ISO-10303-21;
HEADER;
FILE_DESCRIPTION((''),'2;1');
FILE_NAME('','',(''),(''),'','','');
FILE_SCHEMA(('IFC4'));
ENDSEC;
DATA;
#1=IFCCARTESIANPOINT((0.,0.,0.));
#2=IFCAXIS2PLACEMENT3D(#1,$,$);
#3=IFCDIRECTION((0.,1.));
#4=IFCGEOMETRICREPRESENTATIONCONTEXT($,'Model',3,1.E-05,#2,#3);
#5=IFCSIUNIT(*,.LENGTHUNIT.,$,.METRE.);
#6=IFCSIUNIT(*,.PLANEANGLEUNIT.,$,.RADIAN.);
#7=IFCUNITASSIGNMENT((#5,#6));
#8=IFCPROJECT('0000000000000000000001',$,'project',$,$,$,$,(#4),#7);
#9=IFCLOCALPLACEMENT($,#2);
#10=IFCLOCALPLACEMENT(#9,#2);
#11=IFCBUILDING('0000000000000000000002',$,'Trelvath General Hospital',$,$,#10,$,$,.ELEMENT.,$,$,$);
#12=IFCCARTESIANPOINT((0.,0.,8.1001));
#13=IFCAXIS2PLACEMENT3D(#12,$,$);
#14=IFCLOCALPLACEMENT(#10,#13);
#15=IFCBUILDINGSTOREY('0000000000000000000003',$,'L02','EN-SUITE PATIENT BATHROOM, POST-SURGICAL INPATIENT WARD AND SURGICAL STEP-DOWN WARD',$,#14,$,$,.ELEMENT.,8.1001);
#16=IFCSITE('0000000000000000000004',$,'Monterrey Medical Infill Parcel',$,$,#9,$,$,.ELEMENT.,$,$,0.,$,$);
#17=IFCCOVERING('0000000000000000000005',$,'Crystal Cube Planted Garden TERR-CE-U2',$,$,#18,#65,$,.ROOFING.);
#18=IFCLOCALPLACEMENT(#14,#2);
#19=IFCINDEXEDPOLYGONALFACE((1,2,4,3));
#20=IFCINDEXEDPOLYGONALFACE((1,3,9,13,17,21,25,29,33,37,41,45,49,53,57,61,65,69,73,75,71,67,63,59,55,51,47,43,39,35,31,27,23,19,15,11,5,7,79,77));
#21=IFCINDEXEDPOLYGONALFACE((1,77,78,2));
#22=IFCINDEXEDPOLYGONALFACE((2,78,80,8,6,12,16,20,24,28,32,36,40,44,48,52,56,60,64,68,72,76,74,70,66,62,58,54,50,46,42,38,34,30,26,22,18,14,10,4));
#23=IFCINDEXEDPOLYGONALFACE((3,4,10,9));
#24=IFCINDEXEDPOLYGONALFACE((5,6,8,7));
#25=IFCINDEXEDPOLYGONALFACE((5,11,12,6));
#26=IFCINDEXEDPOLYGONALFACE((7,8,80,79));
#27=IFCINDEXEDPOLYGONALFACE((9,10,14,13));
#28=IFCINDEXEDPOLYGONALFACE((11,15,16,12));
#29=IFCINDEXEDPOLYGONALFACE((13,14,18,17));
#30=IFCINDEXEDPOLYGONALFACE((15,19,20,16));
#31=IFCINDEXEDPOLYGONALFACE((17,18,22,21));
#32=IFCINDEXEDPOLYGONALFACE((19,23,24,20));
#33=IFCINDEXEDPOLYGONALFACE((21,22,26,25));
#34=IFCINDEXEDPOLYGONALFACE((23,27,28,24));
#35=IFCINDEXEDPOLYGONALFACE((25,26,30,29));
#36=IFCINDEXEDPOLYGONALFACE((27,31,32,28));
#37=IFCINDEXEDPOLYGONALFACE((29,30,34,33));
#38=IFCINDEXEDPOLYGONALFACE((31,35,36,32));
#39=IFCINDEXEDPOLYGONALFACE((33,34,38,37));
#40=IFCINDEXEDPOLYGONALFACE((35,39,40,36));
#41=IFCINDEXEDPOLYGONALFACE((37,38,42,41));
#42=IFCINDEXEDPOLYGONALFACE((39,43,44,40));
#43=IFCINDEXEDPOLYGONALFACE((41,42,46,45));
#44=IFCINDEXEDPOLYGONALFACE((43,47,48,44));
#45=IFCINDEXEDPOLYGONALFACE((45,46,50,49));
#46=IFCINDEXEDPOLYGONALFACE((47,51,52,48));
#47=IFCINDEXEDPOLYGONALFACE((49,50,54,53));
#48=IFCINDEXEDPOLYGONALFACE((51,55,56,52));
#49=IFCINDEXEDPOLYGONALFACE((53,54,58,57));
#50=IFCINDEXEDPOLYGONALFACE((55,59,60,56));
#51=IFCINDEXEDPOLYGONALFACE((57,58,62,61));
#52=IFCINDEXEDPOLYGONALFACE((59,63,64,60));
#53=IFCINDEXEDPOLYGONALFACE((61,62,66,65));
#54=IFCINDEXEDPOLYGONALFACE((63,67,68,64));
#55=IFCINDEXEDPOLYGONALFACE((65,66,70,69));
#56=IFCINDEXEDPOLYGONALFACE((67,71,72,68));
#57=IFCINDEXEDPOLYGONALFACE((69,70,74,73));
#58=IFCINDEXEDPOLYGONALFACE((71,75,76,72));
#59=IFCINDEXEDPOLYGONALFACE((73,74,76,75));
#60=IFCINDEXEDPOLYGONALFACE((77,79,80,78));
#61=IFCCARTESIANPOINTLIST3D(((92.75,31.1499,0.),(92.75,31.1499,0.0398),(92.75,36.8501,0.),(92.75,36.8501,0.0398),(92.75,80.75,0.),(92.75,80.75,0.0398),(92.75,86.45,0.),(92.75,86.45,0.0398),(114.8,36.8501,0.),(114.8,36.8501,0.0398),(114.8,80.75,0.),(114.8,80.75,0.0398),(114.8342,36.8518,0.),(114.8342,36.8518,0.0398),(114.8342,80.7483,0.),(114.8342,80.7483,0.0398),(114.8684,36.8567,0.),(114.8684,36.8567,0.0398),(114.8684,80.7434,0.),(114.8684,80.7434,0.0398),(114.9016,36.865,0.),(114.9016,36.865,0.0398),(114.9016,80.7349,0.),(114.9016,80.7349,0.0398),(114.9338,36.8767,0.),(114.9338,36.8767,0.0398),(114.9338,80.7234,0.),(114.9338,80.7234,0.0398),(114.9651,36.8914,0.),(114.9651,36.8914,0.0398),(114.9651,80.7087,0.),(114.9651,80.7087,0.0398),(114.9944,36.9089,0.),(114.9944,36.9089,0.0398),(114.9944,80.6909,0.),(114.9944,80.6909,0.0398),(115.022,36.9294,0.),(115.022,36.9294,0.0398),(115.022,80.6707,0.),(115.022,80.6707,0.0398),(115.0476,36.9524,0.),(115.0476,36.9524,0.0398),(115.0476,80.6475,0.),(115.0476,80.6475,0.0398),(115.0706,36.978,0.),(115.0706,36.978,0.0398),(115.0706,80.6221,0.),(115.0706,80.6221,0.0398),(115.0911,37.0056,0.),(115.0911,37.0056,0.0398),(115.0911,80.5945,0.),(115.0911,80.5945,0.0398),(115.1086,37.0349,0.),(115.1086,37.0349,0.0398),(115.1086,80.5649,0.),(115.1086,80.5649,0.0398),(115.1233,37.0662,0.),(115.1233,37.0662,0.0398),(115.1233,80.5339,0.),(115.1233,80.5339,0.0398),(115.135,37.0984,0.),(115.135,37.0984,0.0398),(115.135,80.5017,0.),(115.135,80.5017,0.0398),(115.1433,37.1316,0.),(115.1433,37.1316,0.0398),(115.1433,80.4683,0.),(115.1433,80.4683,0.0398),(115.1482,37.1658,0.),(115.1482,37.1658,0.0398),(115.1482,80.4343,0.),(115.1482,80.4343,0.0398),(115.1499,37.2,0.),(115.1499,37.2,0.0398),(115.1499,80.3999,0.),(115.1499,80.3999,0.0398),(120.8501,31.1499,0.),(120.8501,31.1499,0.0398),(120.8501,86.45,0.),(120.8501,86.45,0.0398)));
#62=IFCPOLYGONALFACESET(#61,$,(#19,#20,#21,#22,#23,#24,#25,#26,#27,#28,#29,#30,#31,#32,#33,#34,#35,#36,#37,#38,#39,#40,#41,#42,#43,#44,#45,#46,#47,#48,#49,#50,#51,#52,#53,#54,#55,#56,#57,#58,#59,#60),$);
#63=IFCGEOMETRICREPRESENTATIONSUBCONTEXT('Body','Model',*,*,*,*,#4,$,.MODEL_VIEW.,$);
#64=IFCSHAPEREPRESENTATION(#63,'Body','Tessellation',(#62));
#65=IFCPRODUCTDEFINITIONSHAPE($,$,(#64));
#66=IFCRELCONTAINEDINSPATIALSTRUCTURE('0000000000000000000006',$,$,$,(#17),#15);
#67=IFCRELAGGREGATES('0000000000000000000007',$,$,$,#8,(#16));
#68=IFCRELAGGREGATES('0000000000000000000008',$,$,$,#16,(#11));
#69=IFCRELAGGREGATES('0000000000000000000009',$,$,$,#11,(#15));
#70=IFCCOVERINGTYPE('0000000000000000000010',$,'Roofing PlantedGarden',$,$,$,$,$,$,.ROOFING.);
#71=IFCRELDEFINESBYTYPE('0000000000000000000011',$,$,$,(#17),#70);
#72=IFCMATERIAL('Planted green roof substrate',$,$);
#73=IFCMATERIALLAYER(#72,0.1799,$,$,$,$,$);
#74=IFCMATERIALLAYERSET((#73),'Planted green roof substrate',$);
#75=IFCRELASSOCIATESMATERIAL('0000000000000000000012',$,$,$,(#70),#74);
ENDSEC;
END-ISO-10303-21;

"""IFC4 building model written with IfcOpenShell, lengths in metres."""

from ifc_helpers import new_model, si_unit, direction, frame, origin, place, context, subcontext, project, spatial, polyline, outline, extrude, material, layer, layer_set, type_object, element, save


model = new_model("IFC4")

# Units and contexts
model_context = context("Model", 3, precision=1e-05, world=origin(), true_north=direction((0.0, 1.0)))
body_context = subcontext(model_context, "Body", "Model", "MODEL_VIEW")
ifc_project = project(units=[si_unit("LENGTHUNIT", "METRE"), si_unit("PLANEANGLEUNIT", "RADIAN")], contexts=[model_context])

# Site, building, storey
site_placement = place(None, origin())
site = spatial("IfcSite", under=ifc_project, at=site_placement, Name="Monterrey Medical Infill Parcel", CompositionType="ELEMENT", RefElevation=0.0)
building_placement = place(site_placement, origin())
building = spatial("IfcBuilding", under=site, at=building_placement, Name="Trelvath General Hospital", CompositionType="ELEMENT")
storey_placement = place(building_placement, frame((0.0, 0.0, 8.1001)))
storey = spatial("IfcBuildingStorey", under=building, at=storey_placement, Name="L02", Description="EN-SUITE PATIENT BATHROOM, POST-SURGICAL INPATIENT WARD AND SURGICAL STEP-DOWN WARD", CompositionType="ELEMENT", Elevation=8.1001)

# Covering
ifc_material_1 = material(Name="Planted green roof substrate")
ifc_layer_1 = layer(ifc_material_1, 0.1799)
ifc_layer_set_1 = layer_set([ifc_layer_1], Name="Planted green roof substrate")
covering_type = type_object("IfcCoveringType", Name="Roofing PlantedGarden", PredefinedType="ROOFING", material=ifc_layer_set_1)
covering_1_placement = place(storey_placement, origin())
element("IfcCovering", 1, at=covering_1_placement, inside=storey, type_object=covering_type, Name="Crystal Cube Planted Garden TERR-CE-U2", PredefinedType="ROOFING", context=body_context, shape_type="SweptSolid", body=[
    extrude(outline(polyline([(92.75, 31.1499), (92.75, 36.8501), (114.8, 36.8501), (114.8342, 36.8518), (114.8684, 36.8567), (114.9016, 36.865), (114.9338, 36.8767), (114.9651, 36.8914), (114.9944, 36.9089), (115.022, 36.9294), (115.0476, 36.9524), (115.0706, 36.978), (115.0911, 37.0056), (115.1086, 37.0349), (115.1233, 37.0662), (115.135, 37.0984), (115.1433, 37.1316), (115.1482, 37.1658), (115.1499, 37.2), (115.1499, 80.3999), (115.1482, 80.4343), (115.1433, 80.4683), (115.135, 80.5017), (115.1233, 80.5339), (115.1086, 80.5649), (115.0911, 80.5945), (115.0706, 80.6221), (115.0476, 80.6475), (115.022, 80.6707), (114.9944, 80.6909), (114.9651, 80.7087), (114.9338, 80.7234), (114.9016, 80.7349), (114.8684, 80.7434), (114.8342, 80.7483), (114.8, 80.75), (92.75, 80.75), (92.75, 86.45), (120.8501, 86.45), (120.8501, 31.1499), (92.75, 31.1499)])), origin(), (0.0, 0.0, 1.0), 0.0398),
])

save(model, "model.ifc")
